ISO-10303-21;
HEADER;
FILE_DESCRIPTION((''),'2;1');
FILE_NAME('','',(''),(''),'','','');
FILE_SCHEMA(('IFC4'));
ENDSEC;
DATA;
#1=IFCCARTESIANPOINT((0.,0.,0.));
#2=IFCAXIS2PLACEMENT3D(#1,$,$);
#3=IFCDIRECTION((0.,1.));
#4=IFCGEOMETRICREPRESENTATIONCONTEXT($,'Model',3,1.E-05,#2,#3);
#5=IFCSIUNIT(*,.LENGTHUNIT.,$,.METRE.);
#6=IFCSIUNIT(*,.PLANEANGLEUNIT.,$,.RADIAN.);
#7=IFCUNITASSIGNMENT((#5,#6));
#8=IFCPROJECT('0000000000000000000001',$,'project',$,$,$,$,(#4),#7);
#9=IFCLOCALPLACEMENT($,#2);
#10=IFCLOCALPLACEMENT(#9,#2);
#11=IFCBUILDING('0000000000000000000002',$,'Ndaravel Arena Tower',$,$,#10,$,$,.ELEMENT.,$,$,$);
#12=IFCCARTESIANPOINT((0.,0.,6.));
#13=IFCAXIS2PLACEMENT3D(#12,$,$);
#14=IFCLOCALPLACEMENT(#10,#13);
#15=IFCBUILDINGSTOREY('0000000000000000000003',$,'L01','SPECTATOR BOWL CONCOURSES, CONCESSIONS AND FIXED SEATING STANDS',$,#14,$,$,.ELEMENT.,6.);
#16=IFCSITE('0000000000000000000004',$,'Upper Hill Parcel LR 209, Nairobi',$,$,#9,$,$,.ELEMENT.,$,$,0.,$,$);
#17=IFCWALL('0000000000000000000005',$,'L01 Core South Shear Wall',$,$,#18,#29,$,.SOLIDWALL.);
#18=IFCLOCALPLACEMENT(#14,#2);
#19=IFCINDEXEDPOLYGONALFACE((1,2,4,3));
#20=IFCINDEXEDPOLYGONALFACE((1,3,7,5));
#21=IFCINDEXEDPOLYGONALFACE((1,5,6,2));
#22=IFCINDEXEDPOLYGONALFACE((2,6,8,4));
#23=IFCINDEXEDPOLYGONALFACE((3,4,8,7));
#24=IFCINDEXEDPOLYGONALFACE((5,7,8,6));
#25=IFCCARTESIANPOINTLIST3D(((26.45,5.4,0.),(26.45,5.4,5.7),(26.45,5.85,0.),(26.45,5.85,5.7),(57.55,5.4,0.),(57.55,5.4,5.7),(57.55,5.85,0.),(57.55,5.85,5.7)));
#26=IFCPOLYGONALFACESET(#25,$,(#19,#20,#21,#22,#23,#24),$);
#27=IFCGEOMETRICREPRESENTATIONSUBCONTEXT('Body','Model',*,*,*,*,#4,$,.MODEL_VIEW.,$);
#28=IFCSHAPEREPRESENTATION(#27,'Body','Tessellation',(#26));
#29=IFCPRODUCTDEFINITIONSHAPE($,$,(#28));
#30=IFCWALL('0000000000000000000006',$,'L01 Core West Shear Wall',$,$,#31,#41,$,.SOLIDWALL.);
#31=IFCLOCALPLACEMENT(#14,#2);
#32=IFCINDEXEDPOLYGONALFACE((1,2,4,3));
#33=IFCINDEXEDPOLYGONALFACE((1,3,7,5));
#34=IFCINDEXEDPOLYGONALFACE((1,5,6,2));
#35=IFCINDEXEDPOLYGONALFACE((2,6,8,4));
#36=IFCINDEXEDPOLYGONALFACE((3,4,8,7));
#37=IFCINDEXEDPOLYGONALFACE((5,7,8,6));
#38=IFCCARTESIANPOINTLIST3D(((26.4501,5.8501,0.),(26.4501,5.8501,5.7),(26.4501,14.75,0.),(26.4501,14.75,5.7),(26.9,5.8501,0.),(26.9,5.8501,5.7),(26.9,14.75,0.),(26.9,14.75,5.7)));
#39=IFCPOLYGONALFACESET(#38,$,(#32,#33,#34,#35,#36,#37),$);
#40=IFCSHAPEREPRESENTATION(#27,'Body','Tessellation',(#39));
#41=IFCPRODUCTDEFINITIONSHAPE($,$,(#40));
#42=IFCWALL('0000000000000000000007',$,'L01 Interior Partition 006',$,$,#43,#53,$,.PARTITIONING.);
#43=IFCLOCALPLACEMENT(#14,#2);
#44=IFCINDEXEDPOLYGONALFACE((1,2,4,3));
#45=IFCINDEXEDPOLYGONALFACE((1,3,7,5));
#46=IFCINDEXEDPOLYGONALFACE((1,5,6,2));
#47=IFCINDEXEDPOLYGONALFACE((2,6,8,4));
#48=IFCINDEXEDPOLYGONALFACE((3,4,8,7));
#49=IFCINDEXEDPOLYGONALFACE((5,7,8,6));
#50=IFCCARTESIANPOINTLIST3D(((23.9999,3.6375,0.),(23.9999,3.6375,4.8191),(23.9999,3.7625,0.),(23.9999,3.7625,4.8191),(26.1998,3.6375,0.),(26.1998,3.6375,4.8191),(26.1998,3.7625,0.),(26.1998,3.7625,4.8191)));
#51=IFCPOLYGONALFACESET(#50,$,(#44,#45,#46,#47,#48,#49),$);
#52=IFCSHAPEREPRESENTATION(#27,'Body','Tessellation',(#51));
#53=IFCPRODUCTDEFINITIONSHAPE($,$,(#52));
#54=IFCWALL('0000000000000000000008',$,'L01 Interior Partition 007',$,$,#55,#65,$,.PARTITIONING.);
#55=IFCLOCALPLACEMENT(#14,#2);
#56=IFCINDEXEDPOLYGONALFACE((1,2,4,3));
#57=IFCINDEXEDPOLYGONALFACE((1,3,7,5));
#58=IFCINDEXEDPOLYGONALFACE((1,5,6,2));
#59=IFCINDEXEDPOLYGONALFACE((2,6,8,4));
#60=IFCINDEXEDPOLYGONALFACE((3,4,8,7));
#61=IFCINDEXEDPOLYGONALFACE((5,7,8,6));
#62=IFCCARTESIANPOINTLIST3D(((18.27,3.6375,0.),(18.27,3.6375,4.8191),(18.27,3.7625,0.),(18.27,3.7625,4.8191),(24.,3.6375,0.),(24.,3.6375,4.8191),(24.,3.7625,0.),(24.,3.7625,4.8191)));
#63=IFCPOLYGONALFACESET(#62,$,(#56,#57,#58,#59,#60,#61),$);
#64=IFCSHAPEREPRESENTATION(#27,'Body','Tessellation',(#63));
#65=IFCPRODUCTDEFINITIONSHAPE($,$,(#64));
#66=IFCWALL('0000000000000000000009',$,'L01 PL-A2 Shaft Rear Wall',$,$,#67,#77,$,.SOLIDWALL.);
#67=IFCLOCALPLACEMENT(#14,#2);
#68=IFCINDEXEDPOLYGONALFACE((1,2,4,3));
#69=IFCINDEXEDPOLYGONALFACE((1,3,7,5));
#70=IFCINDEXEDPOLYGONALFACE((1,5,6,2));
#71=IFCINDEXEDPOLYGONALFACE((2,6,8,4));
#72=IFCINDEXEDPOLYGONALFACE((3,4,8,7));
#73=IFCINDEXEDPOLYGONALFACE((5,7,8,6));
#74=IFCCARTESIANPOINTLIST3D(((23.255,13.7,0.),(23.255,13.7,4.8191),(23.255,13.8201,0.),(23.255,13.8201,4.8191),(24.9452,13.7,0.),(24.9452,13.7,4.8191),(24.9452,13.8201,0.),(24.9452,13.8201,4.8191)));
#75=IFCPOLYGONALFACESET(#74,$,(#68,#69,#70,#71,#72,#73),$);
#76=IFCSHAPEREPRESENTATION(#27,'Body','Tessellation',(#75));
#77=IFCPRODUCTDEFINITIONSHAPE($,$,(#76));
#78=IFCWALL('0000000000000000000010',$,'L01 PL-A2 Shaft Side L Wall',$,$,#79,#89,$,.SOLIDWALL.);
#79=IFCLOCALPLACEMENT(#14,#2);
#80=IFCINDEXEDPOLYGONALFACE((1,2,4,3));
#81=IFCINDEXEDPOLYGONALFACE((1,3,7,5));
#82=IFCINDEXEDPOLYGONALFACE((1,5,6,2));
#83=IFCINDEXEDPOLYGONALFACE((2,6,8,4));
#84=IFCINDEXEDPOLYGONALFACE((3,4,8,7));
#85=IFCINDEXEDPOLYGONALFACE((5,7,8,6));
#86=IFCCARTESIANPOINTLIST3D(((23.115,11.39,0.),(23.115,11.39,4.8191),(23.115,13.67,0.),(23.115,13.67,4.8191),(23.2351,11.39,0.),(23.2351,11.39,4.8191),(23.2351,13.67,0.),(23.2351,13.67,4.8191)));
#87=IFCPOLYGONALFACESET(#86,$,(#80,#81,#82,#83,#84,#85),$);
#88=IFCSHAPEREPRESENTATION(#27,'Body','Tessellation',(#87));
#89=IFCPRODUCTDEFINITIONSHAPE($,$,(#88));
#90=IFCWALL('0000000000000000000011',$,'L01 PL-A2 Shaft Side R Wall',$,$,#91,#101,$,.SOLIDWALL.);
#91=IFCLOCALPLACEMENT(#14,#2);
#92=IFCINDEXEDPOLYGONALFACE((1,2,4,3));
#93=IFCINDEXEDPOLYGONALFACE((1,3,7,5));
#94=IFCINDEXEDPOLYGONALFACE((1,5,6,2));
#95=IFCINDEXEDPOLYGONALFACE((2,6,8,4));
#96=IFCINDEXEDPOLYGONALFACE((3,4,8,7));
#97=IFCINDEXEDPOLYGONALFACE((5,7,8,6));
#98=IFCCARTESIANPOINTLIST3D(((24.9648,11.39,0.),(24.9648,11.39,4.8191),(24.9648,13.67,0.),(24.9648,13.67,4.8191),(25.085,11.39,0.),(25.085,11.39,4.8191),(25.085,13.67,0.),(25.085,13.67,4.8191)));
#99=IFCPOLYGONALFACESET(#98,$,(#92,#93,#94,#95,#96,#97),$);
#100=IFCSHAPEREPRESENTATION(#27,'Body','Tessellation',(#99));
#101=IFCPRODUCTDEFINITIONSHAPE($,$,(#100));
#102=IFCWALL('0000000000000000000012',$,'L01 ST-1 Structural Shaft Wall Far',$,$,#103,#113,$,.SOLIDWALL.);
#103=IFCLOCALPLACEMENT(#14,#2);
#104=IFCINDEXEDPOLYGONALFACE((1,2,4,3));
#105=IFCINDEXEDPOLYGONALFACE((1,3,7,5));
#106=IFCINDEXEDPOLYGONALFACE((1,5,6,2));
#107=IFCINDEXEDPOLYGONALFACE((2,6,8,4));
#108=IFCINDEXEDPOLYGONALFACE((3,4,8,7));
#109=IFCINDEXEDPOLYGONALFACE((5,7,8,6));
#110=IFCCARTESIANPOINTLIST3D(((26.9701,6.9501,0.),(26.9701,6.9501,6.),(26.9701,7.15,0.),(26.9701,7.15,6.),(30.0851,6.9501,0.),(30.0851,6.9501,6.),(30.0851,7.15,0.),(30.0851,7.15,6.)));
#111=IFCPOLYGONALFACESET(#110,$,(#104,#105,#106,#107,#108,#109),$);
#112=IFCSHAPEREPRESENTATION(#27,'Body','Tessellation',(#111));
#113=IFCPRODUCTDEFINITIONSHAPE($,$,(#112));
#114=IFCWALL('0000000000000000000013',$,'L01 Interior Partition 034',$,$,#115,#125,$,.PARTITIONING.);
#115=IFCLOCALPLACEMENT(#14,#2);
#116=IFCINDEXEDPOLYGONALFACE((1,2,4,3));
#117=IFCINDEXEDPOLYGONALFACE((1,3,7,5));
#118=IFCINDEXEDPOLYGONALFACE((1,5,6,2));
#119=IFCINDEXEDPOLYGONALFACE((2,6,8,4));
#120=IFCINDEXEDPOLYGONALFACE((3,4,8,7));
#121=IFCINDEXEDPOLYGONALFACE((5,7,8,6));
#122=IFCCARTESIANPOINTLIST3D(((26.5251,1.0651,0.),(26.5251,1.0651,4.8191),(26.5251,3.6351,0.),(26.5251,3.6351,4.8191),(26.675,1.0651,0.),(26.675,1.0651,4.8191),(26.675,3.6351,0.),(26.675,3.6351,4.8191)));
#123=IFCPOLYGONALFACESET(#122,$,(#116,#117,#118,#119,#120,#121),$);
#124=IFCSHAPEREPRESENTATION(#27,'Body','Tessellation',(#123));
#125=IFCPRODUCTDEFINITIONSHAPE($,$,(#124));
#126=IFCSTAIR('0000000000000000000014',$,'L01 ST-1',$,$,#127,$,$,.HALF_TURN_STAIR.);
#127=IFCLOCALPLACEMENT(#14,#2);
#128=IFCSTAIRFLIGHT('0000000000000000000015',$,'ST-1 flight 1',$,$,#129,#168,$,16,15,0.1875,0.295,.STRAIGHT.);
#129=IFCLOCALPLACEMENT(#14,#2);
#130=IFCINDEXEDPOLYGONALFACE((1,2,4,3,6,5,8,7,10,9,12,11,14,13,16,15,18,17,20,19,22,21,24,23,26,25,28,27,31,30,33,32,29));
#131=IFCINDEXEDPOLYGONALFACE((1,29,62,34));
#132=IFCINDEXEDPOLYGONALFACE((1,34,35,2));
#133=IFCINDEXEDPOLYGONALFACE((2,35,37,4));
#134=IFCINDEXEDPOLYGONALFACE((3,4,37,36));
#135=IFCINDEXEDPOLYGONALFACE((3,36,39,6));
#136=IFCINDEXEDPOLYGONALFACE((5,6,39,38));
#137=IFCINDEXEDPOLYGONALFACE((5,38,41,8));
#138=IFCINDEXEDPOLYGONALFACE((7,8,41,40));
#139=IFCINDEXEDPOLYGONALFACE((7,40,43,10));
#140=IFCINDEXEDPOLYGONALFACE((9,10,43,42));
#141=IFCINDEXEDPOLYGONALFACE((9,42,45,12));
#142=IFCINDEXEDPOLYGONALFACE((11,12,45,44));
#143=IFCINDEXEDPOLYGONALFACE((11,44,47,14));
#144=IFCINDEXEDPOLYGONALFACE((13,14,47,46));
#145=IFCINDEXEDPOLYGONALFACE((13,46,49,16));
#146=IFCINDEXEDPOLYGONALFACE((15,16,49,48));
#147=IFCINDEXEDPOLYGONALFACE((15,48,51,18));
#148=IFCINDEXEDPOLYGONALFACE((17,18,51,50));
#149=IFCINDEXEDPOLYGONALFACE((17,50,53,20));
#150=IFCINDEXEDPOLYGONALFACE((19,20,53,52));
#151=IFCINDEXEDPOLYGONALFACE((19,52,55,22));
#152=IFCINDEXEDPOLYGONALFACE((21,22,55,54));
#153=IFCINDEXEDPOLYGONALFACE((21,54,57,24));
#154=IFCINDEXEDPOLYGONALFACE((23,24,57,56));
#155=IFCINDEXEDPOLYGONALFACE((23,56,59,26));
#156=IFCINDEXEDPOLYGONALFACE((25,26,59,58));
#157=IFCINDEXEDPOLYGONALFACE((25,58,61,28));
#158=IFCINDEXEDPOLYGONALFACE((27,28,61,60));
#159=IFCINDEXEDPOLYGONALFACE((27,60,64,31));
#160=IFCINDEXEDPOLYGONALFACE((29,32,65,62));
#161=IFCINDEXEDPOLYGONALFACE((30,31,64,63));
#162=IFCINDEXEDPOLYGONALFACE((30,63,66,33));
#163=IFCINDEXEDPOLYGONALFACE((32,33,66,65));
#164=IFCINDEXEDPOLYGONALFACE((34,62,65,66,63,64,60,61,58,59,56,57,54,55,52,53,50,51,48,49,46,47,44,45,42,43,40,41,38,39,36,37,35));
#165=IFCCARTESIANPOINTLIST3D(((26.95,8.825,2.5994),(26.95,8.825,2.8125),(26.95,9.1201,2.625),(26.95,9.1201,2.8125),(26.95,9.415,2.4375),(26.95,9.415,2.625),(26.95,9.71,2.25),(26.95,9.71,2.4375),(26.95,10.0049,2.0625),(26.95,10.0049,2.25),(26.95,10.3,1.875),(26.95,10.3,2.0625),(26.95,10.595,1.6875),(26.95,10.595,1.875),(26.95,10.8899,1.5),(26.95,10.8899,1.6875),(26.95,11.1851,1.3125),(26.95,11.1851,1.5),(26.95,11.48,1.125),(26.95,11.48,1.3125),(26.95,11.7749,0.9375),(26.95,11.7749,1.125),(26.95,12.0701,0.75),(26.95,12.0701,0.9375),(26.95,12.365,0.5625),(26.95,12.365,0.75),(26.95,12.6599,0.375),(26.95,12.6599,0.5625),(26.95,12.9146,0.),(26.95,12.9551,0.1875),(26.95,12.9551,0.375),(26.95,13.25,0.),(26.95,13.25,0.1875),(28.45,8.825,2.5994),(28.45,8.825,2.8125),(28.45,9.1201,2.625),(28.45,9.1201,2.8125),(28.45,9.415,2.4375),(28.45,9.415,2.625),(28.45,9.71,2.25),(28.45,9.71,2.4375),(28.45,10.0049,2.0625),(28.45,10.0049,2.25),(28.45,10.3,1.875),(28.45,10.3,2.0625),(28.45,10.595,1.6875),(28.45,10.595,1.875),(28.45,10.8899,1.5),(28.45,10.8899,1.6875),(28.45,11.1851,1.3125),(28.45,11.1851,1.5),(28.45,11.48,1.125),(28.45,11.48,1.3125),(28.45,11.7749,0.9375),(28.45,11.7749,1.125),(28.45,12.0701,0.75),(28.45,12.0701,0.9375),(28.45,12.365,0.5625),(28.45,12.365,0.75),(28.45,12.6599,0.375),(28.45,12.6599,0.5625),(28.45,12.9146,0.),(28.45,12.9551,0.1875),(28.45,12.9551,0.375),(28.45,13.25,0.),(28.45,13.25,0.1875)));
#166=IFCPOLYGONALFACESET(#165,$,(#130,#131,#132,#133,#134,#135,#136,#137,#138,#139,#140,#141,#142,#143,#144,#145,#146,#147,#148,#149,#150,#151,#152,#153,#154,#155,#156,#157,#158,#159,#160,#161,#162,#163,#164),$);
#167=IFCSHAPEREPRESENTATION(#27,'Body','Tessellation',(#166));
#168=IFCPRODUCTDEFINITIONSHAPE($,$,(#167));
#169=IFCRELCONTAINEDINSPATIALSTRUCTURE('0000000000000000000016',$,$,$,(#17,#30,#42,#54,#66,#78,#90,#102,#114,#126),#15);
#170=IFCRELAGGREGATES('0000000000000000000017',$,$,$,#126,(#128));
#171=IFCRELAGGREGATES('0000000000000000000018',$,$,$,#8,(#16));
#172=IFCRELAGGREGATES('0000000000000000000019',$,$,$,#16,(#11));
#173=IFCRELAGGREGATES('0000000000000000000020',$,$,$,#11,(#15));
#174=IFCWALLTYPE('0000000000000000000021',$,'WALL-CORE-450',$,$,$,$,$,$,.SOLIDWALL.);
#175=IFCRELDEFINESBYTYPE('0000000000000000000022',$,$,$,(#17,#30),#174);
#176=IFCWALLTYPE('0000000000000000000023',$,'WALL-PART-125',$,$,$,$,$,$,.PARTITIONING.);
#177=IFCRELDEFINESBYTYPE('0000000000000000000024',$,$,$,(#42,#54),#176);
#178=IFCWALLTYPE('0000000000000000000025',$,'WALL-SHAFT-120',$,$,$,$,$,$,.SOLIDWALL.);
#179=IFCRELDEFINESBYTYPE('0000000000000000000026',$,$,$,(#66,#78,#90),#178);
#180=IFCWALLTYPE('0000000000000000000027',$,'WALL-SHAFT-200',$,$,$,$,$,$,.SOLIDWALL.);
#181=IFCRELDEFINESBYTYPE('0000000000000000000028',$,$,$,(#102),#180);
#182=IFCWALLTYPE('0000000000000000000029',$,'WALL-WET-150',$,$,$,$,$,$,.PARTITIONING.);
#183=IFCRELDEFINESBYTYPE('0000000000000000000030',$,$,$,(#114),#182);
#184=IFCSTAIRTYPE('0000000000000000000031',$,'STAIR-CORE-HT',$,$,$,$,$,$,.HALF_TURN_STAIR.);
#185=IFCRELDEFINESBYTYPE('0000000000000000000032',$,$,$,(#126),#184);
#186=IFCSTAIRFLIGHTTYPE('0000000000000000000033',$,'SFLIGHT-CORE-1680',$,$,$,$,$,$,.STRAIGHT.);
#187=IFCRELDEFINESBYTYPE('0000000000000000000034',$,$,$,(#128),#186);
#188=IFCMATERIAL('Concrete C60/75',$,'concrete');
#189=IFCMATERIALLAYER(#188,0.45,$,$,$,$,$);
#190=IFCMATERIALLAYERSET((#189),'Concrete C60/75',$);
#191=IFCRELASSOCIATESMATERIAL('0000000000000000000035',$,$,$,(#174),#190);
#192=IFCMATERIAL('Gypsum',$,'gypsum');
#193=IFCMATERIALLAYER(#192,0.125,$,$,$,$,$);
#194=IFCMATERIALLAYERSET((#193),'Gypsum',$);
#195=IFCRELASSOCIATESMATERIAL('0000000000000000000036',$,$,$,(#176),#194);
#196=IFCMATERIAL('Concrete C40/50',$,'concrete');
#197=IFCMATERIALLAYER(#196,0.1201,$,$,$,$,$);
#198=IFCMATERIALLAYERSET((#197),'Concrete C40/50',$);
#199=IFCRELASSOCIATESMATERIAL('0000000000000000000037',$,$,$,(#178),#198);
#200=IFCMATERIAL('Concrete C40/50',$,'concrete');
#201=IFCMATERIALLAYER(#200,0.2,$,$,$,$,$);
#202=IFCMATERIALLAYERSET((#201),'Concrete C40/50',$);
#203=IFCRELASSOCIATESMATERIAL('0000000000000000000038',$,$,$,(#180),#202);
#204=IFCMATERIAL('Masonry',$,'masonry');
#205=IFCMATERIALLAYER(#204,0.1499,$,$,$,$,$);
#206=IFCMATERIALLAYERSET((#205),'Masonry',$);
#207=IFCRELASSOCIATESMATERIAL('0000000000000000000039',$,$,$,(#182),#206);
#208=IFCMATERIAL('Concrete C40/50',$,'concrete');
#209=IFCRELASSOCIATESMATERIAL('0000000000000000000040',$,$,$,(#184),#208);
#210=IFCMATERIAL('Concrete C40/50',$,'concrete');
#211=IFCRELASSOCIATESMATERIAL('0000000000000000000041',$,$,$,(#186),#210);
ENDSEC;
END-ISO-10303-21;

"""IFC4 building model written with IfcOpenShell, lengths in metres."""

from ifc_helpers import new_model, si_unit, direction, frame, frame_2d, origin, place, context, subcontext, project, spatial, polyline, rectangle, outline, extrude, material, layer, layer_set, type_object, element, aggregate, save


model = new_model("IFC4")

# Units and contexts
model_context = context("Model", 3, precision=1e-05, world=origin(), true_north=direction((0.0, 1.0)))
body_context = subcontext(model_context, "Body", "Model", "MODEL_VIEW")
ifc_project = project(units=[si_unit("LENGTHUNIT", "METRE"), si_unit("PLANEANGLEUNIT", "RADIAN")], contexts=[model_context])

# Site, building, storey
site_placement = place(None, origin())
site = spatial("IfcSite", under=ifc_project, at=site_placement, Name="Upper Hill Parcel LR 209, Nairobi", CompositionType="ELEMENT", RefElevation=0.0)
building_placement = place(site_placement, origin())
building = spatial("IfcBuilding", under=site, at=building_placement, Name="Ndaravel Arena Tower", CompositionType="ELEMENT")
storey_placement = place(building_placement, frame((0.0, 0.0, 6.0)))
storey = spatial("IfcBuildingStorey", under=building, at=storey_placement, Name="L01", Description="SPECTATOR BOWL CONCOURSES, CONCESSIONS AND FIXED SEATING STANDS", CompositionType="ELEMENT", Elevation=6.0)

# Shared definitions
ifc_material_1 = material(Name="Concrete C60/75", Category="concrete")
ifc_layer_1 = layer(ifc_material_1, 0.45)
ifc_layer_set_1 = layer_set([ifc_layer_1], Name="Concrete C60/75")
wall_type_1 = type_object("IfcWallType", Name="WALL-CORE-450", PredefinedType="SOLIDWALL", material=ifc_layer_set_1)

# Walls
wall_1_placement = place(storey_placement, frame((26.45, 5.625, 0.0), z_axis=(0.0, 0.0, 1.0), x_axis=(1.0, 0.0, 0.0)))
element("IfcWall", 1, at=wall_1_placement, inside=storey, type_object=wall_type_1, Name="L01 Core South Shear Wall", PredefinedType="SOLIDWALL", context=body_context, shape_type="SweptSolid", body=[
    extrude(rectangle(XDim=31.1001, YDim=0.45, at=frame_2d((15.55, 0.0))), origin(), (0.0, 0.0, 1.0), 5.7),
])
wall_2_placement = place(storey_placement, frame((26.675, 5.8501, 0.0), z_axis=(0.0, 0.0, 1.0), x_axis=(0.0, 1.0, 0.0)))
element("IfcWall", 2, at=wall_2_placement, inside=storey, type_object=wall_type_1, Name="L01 Core West Shear Wall", PredefinedType="SOLIDWALL", context=body_context, shape_type="SweptSolid", body=[
    extrude(rectangle(XDim=8.8999, YDim=0.45, at=frame_2d((4.45, 0.0))), origin(), (0.0, 0.0, 1.0), 5.7),
])
ifc_material_2 = material(Name="Gypsum", Category="gypsum")
ifc_layer_2 = layer(ifc_material_2, 0.125)
ifc_layer_set_2 = layer_set([ifc_layer_2], Name="Gypsum")
wall_type_2 = type_object("IfcWallType", Name="WALL-PART-125", PredefinedType="PARTITIONING", material=ifc_layer_set_2)
wall_3_placement = place(storey_placement, frame((26.2, 3.7, 0.0), z_axis=(0.0, 0.0, 1.0), x_axis=(-1.0, 0.0, 0.0)))
element("IfcWall", 3, at=wall_3_placement, inside=storey, type_object=wall_type_2, Name="L01 Interior Partition 006", PredefinedType="PARTITIONING", context=body_context, shape_type="SweptSolid", body=[
    extrude(rectangle(XDim=2.2, YDim=0.125, at=frame_2d((1.1001, 0.0))), origin(), (0.0, 0.0, 1.0), 4.8191),
])
wall_4_placement = place(storey_placement, frame((24.0, 3.7, 0.0), z_axis=(0.0, 0.0, 1.0), x_axis=(-1.0, 0.0, 0.0)))
element("IfcWall", 4, at=wall_4_placement, inside=storey, type_object=wall_type_2, Name="L01 Interior Partition 007", PredefinedType="PARTITIONING", context=body_context, shape_type="SweptSolid", body=[
    extrude(rectangle(XDim=5.73, YDim=0.125, at=frame_2d((2.865, 0.0))), origin(), (0.0, 0.0, 1.0), 4.8191),
])
ifc_material_3 = material(Name="Concrete C40/50", Category="concrete")
ifc_layer_3 = layer(ifc_material_3, 0.1201)
ifc_layer_set_3 = layer_set([ifc_layer_3], Name="Concrete C40/50")
wall_type_3 = type_object("IfcWallType", Name="WALL-SHAFT-120", PredefinedType="SOLIDWALL", material=ifc_layer_set_3)
wall_5_placement = place(storey_placement, frame((23.2549, 13.76, 0.0), z_axis=(0.0, 0.0, 1.0), x_axis=(1.0, 0.0, 0.0)))
element("IfcWall", 5, at=wall_5_placement, inside=storey, type_object=wall_type_3, Name="L01 PL-A2 Shaft Rear Wall", PredefinedType="SOLIDWALL", context=body_context, shape_type="SweptSolid", body=[
    extrude(rectangle(XDim=1.6902, YDim=0.1201, at=frame_2d((0.8452, 0.0))), origin(), (0.0, 0.0, 1.0), 4.8191),
])
for number, where, z_axis, x_axis, name in (
    (6, (23.175, 11.3899, 0.0), (0.0, 0.0, 1.0), (0.0, 1.0, 0.0), "L01 PL-A2 Shaft Side L Wall"),
    (7, (25.0249, 11.3899, 0.0), (0.0, 0.0, 1.0), (0.0, 1.0, 0.0), "L01 PL-A2 Shaft Side R Wall"),
):
    element("IfcWall", number, at=place(storey_placement, frame(where, z_axis=z_axis, x_axis=x_axis)), inside=storey, type_object=wall_type_3, Name=name, PredefinedType="SOLIDWALL", context=body_context, shape_type="SweptSolid", body=[
        extrude(rectangle(XDim=2.28, YDim=0.1201, at=frame_2d((1.1401, 0.0))), origin(), (0.0, 0.0, 1.0), 4.8191),
    ])
ifc_material_4 = material(Name="Concrete C40/50", Category="concrete")
ifc_layer_4 = layer(ifc_material_4, 0.2)
ifc_layer_set_4 = layer_set([ifc_layer_4], Name="Concrete C40/50")
wall_type_4 = type_object("IfcWallType", Name="WALL-SHAFT-200", PredefinedType="SOLIDWALL", material=ifc_layer_set_4)
wall_6_placement = place(storey_placement, frame((26.97, 7.05, 0.0), z_axis=(0.0, 0.0, 1.0), x_axis=(1.0, 0.0, 0.0)))
element("IfcWall", 8, at=wall_6_placement, inside=storey, type_object=wall_type_4, Name="L01 ST-1 Structural Shaft Wall Far", PredefinedType="SOLIDWALL", context=body_context, shape_type="SweptSolid", body=[
    extrude(rectangle(XDim=3.115, YDim=0.2, at=frame_2d((1.5576, 0.0))), origin(), (0.0, 0.0, 1.0), 6.0),
])

# Wall
ifc_material_5 = material(Name="Masonry", Category="masonry")
ifc_layer_5 = layer(ifc_material_5, 0.1499)
ifc_layer_set_5 = layer_set([ifc_layer_5], Name="Masonry")
wall_type_5 = type_object("IfcWallType", Name="WALL-WET-150", PredefinedType="PARTITIONING", material=ifc_layer_set_5)
wall_7_placement = place(storey_placement, frame((26.6001, 1.0649, 0.0), z_axis=(0.0, 0.0, 1.0), x_axis=(0.0, 1.0, 0.0)))
element("IfcWall", 9, at=wall_7_placement, inside=storey, type_object=wall_type_5, Name="L01 Interior Partition 034", PredefinedType="PARTITIONING", context=body_context, shape_type="SweptSolid", body=[
    extrude(rectangle(XDim=2.5701, YDim=0.1499, at=frame_2d((1.2852, 0.0))), origin(), (0.0, 0.0, 1.0), 4.8191),
])

# Stair, stair flight
ifc_material_6 = material(Name="Concrete C40/50", Category="concrete")
stair_type = type_object("IfcStairType", Name="STAIR-CORE-HT", PredefinedType="HALF_TURN_STAIR", material=ifc_material_6)
stair_placement = place(storey_placement, origin())
stair = element("IfcStair", 10, at=stair_placement, inside=storey, type_object=stair_type, Name="L01 ST-1", PredefinedType="HALF_TURN_STAIR")
ifc_material_7 = material(Name="Concrete C40/50", Category="concrete")
stair_flight_type = type_object("IfcStairFlightType", Name="SFLIGHT-CORE-1680", PredefinedType="STRAIGHT", material=ifc_material_7)
stair_flight_1_placement = place(storey_placement, frame((27.7, 13.25, 0.0), z_axis=(0.0, 0.0, 1.0), x_axis=(0.0, -1.0, 0.0)))
stair_flight_1 = element("IfcStairFlight", 11, at=stair_flight_1_placement, type_object=stair_flight_type, Name="ST-1 flight 1", NumberOfRisers=16, NumberOfTreads=15, PredefinedType="STRAIGHT", RiserHeight=0.1875, TreadLength=0.295, context=body_context, shape_type="SweptSolid", body=[
    extrude(outline(polyline([(0.0, 0.0), (0.0, 0.1875), (0.2949, 0.1875), (0.2949, 0.375), (0.5901, 0.375), (0.5901, 0.5625), (0.885, 0.5625), (0.885, 0.75), (1.1799, 0.75), (1.1799, 0.9375), (1.4751, 0.9375), (1.4751, 1.125), (1.77, 1.125), (1.77, 1.3125), (2.0649, 1.3125), (2.0649, 1.5), (2.3601, 1.5), (2.3601, 1.6875), (2.655, 1.6875), (2.655, 1.875), (2.95, 1.875), (2.95, 2.0625), (3.2451, 2.0625), (3.2451, 2.25), (3.54, 2.25), (3.54, 2.4375), (3.835, 2.4375), (3.835, 2.625), (4.1299, 2.625), (4.1299, 2.8125), (4.425, 2.8125), (4.425, 3.0), (4.425, 2.5994), (0.3354, 0.0), (0.0, 0.0)])), frame((0.0, 0.75, 0.0), z_axis=(0.0, -1.0, 0.0), x_axis=(1.0, 0.0, 0.0)), (0.0, 0.0, 1.0), 1.5),
])
aggregate(stair, [stair_flight_1])

save(model, "model.ifc")
